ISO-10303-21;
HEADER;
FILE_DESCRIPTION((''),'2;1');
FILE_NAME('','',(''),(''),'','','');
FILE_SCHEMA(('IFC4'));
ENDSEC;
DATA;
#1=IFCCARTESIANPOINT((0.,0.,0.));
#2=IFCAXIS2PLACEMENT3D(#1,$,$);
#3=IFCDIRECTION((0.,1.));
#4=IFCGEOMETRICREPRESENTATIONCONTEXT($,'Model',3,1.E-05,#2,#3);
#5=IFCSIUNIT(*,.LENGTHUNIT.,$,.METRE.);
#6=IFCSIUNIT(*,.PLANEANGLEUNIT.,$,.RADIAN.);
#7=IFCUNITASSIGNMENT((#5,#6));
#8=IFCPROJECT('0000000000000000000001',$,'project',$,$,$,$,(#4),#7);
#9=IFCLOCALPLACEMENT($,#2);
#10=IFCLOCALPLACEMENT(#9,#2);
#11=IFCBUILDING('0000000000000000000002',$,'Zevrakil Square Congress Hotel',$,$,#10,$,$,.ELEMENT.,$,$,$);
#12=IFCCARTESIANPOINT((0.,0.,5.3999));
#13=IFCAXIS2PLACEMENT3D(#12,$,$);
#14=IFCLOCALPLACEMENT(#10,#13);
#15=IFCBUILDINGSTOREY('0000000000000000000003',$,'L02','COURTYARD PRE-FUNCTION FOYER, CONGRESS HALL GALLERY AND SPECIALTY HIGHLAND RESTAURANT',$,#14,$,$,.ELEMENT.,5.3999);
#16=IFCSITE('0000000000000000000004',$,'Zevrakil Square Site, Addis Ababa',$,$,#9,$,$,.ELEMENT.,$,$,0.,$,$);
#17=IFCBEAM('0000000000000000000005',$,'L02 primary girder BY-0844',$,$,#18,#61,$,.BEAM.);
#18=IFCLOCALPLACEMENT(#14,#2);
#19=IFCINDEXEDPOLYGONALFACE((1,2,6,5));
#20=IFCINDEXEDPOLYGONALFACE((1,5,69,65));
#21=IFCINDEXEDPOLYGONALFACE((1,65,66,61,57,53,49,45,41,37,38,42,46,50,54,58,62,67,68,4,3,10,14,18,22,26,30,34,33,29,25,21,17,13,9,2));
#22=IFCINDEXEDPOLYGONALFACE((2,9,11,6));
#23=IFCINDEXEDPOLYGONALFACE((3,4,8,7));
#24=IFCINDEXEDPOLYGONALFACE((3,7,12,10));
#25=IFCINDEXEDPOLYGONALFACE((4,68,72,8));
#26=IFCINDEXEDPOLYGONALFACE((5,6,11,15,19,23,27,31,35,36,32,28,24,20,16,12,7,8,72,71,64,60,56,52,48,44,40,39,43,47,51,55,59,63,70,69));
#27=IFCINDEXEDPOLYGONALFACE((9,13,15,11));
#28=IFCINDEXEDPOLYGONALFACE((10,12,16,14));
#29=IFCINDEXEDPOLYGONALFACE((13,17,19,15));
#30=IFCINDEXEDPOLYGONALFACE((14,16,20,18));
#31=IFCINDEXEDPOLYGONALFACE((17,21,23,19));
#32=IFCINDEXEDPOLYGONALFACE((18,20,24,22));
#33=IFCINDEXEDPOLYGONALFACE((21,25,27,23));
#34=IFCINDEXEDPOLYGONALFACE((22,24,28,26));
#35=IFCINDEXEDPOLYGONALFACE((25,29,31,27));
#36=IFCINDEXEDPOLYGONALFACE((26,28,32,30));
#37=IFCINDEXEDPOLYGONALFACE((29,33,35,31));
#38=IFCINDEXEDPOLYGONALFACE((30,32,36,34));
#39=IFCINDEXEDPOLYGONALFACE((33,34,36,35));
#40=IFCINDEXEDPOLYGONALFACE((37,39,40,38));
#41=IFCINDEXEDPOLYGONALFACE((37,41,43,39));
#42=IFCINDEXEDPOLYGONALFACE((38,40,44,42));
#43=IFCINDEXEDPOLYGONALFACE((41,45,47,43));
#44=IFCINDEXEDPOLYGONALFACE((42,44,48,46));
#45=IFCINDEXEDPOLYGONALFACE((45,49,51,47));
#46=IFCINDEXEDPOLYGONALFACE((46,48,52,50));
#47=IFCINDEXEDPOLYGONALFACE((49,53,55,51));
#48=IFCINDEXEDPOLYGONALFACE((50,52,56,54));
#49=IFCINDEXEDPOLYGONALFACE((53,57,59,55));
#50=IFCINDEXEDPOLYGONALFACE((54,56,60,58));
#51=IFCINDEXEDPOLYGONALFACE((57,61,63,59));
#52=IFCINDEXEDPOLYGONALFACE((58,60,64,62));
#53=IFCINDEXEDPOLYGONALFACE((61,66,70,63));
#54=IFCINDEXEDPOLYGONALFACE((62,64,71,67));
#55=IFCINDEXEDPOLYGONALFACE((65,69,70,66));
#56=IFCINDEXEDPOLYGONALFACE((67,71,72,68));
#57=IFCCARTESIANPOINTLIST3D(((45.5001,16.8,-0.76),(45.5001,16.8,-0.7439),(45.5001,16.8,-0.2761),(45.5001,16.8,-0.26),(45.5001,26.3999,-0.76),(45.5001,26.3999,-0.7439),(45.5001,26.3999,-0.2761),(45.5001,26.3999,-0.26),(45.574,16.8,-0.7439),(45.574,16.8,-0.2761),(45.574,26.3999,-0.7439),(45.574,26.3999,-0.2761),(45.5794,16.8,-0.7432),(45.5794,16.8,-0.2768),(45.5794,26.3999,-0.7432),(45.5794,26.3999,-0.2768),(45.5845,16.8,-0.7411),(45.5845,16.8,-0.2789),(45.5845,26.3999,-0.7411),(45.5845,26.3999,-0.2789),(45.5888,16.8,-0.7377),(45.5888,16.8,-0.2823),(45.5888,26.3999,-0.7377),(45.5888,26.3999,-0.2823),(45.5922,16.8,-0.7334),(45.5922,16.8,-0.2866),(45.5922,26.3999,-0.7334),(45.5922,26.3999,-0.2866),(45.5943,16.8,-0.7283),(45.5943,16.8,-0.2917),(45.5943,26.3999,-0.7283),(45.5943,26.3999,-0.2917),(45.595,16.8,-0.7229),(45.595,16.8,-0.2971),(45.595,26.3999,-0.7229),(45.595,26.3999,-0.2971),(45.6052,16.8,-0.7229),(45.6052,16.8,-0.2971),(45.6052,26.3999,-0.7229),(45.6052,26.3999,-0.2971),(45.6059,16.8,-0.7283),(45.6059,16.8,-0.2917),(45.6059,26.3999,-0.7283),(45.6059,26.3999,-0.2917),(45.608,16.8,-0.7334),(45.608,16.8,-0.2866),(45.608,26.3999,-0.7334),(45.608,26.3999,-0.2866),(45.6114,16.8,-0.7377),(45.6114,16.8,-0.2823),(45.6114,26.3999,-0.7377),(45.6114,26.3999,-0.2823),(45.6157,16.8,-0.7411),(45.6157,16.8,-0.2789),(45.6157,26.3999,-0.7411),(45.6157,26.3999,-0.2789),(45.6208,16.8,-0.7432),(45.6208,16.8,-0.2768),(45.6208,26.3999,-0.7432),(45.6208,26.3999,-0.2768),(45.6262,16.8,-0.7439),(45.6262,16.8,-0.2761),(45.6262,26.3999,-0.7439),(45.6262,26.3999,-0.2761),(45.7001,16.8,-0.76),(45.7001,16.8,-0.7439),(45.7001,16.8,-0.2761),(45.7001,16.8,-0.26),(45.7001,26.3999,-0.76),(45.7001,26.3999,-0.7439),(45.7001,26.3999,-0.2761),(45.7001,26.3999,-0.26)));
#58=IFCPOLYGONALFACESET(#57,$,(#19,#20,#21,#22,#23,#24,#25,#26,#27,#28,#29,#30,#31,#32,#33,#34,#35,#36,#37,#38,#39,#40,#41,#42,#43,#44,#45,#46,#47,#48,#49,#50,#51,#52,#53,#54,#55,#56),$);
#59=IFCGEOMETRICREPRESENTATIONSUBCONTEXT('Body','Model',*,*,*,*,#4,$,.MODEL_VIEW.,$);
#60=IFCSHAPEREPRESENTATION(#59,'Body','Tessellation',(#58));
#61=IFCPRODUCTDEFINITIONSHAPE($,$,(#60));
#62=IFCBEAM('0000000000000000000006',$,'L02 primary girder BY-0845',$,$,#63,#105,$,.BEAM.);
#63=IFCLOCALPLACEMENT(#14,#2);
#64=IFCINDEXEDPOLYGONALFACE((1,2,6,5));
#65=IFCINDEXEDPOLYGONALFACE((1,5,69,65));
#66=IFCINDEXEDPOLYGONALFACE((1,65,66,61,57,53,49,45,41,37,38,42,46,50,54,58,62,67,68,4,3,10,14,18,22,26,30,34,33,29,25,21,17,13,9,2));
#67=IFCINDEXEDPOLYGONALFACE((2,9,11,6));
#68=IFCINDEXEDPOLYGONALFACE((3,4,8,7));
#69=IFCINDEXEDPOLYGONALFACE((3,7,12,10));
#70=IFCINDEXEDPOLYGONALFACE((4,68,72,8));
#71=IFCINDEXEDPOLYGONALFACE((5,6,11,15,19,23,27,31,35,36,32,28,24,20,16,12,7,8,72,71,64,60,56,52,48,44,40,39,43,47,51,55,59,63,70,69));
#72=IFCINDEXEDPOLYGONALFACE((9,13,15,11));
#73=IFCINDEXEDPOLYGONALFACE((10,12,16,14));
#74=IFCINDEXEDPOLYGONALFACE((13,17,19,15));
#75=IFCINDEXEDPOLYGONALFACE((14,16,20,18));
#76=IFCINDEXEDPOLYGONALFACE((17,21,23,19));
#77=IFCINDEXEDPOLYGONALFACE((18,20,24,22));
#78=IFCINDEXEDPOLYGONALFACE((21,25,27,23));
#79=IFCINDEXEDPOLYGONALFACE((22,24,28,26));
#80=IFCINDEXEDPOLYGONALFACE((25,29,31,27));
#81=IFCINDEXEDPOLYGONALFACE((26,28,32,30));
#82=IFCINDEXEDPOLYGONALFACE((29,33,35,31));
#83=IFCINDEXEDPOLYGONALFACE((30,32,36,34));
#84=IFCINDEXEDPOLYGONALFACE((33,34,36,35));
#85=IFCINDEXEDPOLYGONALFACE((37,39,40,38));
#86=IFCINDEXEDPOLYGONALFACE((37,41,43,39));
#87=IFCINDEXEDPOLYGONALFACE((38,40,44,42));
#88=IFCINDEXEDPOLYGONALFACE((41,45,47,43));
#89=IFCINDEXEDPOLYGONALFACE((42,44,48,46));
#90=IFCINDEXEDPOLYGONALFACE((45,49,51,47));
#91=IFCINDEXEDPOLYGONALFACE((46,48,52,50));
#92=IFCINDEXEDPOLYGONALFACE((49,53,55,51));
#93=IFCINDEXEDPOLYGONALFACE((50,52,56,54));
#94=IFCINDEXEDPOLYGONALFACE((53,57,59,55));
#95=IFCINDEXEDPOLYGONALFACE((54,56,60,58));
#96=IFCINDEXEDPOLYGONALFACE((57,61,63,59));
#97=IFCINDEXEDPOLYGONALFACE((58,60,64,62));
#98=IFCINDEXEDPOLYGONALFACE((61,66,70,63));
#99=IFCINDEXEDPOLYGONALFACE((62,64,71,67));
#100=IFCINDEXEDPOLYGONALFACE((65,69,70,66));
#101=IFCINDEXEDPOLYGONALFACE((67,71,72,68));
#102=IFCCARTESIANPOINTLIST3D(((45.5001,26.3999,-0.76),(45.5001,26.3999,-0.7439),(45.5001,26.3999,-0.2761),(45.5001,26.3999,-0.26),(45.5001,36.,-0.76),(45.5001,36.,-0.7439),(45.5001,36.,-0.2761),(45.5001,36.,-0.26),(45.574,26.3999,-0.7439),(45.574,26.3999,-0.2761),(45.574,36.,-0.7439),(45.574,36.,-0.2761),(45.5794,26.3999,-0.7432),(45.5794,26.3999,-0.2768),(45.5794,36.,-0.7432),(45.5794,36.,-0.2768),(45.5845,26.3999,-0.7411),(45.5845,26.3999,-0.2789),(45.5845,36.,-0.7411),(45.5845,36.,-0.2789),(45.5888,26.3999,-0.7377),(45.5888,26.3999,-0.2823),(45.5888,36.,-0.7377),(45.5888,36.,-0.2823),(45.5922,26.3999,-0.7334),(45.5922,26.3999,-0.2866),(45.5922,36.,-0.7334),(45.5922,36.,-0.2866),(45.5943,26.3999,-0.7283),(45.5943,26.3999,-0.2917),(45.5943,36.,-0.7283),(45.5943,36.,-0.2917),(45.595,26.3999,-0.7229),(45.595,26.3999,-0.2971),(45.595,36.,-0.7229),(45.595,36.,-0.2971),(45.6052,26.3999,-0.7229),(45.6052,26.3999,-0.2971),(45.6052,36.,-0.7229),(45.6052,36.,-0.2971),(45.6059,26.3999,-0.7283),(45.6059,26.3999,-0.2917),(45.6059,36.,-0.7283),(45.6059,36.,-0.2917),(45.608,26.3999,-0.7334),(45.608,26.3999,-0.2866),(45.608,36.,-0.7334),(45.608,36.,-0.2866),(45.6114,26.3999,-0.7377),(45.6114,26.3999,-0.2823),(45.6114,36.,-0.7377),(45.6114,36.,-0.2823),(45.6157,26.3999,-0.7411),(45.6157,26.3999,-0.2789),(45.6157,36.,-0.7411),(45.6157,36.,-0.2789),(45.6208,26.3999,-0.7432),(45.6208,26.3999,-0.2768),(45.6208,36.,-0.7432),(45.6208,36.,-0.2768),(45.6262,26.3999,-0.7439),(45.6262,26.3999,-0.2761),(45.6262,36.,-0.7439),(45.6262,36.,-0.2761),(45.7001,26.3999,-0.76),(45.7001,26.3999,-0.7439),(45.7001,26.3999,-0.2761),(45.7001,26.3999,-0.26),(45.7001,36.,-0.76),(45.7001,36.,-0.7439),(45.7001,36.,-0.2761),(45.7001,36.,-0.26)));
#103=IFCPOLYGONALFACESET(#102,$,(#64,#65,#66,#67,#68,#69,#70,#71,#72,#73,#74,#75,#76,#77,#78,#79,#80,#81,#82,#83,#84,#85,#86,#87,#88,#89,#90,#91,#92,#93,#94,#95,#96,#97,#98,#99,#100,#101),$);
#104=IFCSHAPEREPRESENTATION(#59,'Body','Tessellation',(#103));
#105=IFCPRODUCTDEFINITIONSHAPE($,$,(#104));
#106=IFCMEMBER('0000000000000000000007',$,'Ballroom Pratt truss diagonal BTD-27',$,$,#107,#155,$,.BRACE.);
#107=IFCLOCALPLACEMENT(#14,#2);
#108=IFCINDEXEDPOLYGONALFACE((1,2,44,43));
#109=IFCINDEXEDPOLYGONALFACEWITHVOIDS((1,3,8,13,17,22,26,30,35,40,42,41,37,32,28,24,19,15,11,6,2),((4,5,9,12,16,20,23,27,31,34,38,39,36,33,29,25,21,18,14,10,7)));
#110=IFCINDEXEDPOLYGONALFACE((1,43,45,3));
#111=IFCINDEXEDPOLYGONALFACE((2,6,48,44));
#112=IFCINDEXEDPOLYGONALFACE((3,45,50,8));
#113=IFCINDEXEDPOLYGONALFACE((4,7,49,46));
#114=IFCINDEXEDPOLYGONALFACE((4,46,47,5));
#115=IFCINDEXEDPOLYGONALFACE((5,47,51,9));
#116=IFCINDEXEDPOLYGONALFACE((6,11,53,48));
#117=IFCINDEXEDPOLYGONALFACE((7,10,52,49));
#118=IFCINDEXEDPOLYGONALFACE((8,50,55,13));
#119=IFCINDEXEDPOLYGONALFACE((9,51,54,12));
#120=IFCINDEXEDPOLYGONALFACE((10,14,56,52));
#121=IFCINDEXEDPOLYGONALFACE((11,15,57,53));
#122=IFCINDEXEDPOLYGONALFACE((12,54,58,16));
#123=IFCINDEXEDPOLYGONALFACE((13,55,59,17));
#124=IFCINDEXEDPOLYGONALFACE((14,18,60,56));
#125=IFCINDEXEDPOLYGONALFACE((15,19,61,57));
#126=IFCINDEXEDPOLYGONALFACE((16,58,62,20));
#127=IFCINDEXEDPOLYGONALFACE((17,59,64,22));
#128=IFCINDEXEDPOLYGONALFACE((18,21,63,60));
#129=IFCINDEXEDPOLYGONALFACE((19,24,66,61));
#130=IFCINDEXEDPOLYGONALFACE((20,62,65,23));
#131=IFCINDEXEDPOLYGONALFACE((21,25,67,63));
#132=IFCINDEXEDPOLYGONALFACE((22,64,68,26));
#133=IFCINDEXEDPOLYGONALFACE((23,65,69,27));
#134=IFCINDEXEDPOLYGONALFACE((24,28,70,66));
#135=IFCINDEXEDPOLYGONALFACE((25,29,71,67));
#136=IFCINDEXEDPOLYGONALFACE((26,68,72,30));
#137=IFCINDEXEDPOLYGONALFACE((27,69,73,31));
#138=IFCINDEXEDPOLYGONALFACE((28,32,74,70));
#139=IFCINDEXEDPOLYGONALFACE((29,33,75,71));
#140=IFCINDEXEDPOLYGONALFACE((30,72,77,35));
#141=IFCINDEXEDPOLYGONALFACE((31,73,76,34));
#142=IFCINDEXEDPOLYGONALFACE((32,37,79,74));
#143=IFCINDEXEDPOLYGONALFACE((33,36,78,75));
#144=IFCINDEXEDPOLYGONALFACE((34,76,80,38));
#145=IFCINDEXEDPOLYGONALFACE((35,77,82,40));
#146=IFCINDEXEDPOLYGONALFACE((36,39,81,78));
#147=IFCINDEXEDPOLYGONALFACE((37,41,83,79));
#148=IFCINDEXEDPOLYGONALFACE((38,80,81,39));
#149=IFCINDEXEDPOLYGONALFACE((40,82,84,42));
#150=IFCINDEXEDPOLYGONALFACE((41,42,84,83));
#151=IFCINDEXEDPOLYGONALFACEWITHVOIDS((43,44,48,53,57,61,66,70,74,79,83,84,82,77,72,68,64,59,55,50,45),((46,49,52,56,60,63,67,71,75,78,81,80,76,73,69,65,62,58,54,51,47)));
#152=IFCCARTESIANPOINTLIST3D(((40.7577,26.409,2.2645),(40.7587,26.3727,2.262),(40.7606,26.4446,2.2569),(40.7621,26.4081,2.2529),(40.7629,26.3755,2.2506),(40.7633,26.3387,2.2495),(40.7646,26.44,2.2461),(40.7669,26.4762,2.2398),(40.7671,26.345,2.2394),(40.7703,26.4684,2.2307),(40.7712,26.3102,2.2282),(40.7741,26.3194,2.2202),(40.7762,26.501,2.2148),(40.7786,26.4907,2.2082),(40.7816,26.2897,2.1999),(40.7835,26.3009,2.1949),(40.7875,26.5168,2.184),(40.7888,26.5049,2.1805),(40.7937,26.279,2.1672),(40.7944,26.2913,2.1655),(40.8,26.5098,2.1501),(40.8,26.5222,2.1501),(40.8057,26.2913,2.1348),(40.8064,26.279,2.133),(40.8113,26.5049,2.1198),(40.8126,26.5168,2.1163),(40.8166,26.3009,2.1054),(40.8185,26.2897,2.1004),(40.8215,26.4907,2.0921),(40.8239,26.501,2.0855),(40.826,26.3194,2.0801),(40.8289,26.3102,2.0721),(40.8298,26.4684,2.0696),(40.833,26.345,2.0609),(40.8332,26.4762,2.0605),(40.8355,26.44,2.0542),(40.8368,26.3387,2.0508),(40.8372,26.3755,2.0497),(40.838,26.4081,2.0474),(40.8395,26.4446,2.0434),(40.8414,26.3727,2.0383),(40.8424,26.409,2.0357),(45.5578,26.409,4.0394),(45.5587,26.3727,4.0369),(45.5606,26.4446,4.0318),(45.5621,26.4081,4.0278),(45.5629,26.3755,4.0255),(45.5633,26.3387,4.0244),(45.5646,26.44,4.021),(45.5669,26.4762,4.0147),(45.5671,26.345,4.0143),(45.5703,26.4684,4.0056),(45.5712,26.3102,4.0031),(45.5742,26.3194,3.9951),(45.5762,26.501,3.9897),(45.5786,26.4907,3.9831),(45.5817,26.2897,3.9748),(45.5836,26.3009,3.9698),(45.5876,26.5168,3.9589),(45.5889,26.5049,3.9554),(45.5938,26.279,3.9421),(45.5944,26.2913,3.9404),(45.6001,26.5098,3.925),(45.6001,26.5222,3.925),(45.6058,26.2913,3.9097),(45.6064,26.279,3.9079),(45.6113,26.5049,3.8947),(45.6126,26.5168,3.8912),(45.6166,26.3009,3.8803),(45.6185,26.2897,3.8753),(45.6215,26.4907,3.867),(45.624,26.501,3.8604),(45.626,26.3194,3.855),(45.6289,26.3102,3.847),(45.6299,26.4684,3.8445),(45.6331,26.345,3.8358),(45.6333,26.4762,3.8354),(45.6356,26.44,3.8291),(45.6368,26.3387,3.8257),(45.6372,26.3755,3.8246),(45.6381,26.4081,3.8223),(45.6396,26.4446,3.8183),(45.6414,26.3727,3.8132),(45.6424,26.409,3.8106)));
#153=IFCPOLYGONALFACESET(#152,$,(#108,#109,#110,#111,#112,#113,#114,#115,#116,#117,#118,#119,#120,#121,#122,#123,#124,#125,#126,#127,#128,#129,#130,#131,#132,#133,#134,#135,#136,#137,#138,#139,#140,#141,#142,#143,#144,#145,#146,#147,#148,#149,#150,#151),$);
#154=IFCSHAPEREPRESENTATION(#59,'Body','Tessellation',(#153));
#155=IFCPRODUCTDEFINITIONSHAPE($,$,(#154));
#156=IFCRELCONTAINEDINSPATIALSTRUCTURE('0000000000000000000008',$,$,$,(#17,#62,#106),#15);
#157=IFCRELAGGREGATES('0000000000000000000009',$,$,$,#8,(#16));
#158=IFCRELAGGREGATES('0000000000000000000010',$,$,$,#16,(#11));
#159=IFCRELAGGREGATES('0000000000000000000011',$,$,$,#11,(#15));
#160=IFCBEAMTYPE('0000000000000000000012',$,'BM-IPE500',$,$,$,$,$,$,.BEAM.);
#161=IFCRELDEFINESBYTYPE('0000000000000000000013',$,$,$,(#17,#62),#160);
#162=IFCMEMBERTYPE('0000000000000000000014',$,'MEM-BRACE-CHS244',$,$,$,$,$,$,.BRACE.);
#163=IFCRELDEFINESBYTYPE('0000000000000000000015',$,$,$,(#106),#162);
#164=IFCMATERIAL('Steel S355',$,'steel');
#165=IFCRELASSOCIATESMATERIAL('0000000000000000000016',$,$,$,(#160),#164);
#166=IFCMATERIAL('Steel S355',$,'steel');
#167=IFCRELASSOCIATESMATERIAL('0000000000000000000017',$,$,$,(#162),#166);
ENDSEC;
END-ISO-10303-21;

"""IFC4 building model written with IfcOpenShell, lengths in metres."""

from ifc_helpers import new_model, si_unit, direction, frame, origin, origin_2d, place, context, subcontext, project, spatial, hollow_circle, i_section, extrude, material, material_profile, profile_set, type_object, element, save


model = new_model("IFC4")

# Units and contexts
model_context = context("Model", 3, precision=1e-05, world=origin(), true_north=direction((0.0, 1.0)))
body_context = subcontext(model_context, "Body", "Model", "MODEL_VIEW")
ifc_project = project(units=[si_unit("LENGTHUNIT", "METRE"), si_unit("PLANEANGLEUNIT", "RADIAN")], contexts=[model_context])

# Site, building, storey
site_placement = place(None, origin())
site = spatial("IfcSite", under=ifc_project, at=site_placement, Name="Zevrakil Square Site, Addis Ababa", CompositionType="ELEMENT", RefElevation=0.0)
building_placement = place(site_placement, origin())
building = spatial("IfcBuilding", under=site, at=building_placement, Name="Zevrakil Square Congress Hotel", CompositionType="ELEMENT")
storey_placement = place(building_placement, frame((0.0, 0.0, 5.3999)))
storey = spatial("IfcBuildingStorey", under=building, at=storey_placement, Name="L02", Description="COURTYARD PRE-FUNCTION FOYER, CONGRESS HALL GALLERY AND SPECIALTY HIGHLAND RESTAURANT", CompositionType="ELEMENT", Elevation=5.3999)

# Beams
ifc_material_1 = material(Name="Steel S355", Category="steel")
ifc_material_profile_1 = material_profile(ifc_material_1, i_section(OverallWidth=0.2, OverallDepth=0.5, WebThickness=0.0103, FlangeThickness=0.0161, FilletRadius=0.021, at=origin_2d()), Name="IPE 500")
ifc_profile_set_1 = profile_set([ifc_material_profile_1], Name="Steel S355")
beam_type_1 = type_object("IfcBeamType", Name="BM-IPE500", PredefinedType="BEAM", material=ifc_profile_set_1)
beam_1_placement = place(storey_placement, frame((45.6001, 16.8, -0.51), z_axis=(0.0, 1.0, 0.0), x_axis=(-1.0, 0.0, 0.0)))
element("IfcBeam", 1, at=beam_1_placement, inside=storey, type_object=beam_type_1, Name="L02 primary girder BY-0844", PredefinedType="BEAM", context=body_context, shape_type="SweptSolid", body=[
    extrude(i_section(OverallWidth=0.2, OverallDepth=0.5, WebThickness=0.0103, FlangeThickness=0.0161, FilletRadius=0.021, at=origin_2d()), origin(), (0.0, 0.0, 1.0), 9.5999),
])
beam_2_placement = place(storey_placement, frame((45.6001, 26.3999, -0.51), z_axis=(0.0, 1.0, 0.0), x_axis=(-1.0, 0.0, 0.0)))
element("IfcBeam", 2, at=beam_2_placement, inside=storey, type_object=beam_type_1, Name="L02 primary girder BY-0845", PredefinedType="BEAM", context=body_context, shape_type="SweptSolid", body=[
    extrude(i_section(OverallWidth=0.2, OverallDepth=0.5, WebThickness=0.0103, FlangeThickness=0.0161, FilletRadius=0.021, at=origin_2d()), origin(), (0.0, 0.0, 1.0), 9.6001),
])

# Member
ifc_material_2 = material(Name="Steel S355", Category="steel")
ifc_material_profile_2 = material_profile(ifc_material_2, hollow_circle(Radius=0.1223, WallThickness=0.0125, at=origin_2d()), Name="CHS 244.5x12.5")
ifc_profile_set_2 = profile_set([ifc_material_profile_2], Name="Steel S355")
member_type_1 = type_object("IfcMemberType", Name="MEM-BRACE-CHS244", PredefinedType="BRACE", material=ifc_profile_set_2)
member_1_placement = place(storey_placement, frame((40.8, 26.3999, 2.1501), z_axis=(0.937933, 0.0, 0.346817), x_axis=(0.0, 1.0, 0.0)))
element("IfcMember", 3, at=member_1_placement, inside=storey, type_object=member_type_1, Name="Ballroom Pratt truss diagonal BTD-27", PredefinedType="BRACE", context=body_context, shape_type="SweptSolid", body=[
    extrude(hollow_circle(Radius=0.1223, WallThickness=0.0125, at=origin_2d()), origin(), (0.0, 0.0, 1.0), 5.1177),
])

save(model, "model.ifc")
